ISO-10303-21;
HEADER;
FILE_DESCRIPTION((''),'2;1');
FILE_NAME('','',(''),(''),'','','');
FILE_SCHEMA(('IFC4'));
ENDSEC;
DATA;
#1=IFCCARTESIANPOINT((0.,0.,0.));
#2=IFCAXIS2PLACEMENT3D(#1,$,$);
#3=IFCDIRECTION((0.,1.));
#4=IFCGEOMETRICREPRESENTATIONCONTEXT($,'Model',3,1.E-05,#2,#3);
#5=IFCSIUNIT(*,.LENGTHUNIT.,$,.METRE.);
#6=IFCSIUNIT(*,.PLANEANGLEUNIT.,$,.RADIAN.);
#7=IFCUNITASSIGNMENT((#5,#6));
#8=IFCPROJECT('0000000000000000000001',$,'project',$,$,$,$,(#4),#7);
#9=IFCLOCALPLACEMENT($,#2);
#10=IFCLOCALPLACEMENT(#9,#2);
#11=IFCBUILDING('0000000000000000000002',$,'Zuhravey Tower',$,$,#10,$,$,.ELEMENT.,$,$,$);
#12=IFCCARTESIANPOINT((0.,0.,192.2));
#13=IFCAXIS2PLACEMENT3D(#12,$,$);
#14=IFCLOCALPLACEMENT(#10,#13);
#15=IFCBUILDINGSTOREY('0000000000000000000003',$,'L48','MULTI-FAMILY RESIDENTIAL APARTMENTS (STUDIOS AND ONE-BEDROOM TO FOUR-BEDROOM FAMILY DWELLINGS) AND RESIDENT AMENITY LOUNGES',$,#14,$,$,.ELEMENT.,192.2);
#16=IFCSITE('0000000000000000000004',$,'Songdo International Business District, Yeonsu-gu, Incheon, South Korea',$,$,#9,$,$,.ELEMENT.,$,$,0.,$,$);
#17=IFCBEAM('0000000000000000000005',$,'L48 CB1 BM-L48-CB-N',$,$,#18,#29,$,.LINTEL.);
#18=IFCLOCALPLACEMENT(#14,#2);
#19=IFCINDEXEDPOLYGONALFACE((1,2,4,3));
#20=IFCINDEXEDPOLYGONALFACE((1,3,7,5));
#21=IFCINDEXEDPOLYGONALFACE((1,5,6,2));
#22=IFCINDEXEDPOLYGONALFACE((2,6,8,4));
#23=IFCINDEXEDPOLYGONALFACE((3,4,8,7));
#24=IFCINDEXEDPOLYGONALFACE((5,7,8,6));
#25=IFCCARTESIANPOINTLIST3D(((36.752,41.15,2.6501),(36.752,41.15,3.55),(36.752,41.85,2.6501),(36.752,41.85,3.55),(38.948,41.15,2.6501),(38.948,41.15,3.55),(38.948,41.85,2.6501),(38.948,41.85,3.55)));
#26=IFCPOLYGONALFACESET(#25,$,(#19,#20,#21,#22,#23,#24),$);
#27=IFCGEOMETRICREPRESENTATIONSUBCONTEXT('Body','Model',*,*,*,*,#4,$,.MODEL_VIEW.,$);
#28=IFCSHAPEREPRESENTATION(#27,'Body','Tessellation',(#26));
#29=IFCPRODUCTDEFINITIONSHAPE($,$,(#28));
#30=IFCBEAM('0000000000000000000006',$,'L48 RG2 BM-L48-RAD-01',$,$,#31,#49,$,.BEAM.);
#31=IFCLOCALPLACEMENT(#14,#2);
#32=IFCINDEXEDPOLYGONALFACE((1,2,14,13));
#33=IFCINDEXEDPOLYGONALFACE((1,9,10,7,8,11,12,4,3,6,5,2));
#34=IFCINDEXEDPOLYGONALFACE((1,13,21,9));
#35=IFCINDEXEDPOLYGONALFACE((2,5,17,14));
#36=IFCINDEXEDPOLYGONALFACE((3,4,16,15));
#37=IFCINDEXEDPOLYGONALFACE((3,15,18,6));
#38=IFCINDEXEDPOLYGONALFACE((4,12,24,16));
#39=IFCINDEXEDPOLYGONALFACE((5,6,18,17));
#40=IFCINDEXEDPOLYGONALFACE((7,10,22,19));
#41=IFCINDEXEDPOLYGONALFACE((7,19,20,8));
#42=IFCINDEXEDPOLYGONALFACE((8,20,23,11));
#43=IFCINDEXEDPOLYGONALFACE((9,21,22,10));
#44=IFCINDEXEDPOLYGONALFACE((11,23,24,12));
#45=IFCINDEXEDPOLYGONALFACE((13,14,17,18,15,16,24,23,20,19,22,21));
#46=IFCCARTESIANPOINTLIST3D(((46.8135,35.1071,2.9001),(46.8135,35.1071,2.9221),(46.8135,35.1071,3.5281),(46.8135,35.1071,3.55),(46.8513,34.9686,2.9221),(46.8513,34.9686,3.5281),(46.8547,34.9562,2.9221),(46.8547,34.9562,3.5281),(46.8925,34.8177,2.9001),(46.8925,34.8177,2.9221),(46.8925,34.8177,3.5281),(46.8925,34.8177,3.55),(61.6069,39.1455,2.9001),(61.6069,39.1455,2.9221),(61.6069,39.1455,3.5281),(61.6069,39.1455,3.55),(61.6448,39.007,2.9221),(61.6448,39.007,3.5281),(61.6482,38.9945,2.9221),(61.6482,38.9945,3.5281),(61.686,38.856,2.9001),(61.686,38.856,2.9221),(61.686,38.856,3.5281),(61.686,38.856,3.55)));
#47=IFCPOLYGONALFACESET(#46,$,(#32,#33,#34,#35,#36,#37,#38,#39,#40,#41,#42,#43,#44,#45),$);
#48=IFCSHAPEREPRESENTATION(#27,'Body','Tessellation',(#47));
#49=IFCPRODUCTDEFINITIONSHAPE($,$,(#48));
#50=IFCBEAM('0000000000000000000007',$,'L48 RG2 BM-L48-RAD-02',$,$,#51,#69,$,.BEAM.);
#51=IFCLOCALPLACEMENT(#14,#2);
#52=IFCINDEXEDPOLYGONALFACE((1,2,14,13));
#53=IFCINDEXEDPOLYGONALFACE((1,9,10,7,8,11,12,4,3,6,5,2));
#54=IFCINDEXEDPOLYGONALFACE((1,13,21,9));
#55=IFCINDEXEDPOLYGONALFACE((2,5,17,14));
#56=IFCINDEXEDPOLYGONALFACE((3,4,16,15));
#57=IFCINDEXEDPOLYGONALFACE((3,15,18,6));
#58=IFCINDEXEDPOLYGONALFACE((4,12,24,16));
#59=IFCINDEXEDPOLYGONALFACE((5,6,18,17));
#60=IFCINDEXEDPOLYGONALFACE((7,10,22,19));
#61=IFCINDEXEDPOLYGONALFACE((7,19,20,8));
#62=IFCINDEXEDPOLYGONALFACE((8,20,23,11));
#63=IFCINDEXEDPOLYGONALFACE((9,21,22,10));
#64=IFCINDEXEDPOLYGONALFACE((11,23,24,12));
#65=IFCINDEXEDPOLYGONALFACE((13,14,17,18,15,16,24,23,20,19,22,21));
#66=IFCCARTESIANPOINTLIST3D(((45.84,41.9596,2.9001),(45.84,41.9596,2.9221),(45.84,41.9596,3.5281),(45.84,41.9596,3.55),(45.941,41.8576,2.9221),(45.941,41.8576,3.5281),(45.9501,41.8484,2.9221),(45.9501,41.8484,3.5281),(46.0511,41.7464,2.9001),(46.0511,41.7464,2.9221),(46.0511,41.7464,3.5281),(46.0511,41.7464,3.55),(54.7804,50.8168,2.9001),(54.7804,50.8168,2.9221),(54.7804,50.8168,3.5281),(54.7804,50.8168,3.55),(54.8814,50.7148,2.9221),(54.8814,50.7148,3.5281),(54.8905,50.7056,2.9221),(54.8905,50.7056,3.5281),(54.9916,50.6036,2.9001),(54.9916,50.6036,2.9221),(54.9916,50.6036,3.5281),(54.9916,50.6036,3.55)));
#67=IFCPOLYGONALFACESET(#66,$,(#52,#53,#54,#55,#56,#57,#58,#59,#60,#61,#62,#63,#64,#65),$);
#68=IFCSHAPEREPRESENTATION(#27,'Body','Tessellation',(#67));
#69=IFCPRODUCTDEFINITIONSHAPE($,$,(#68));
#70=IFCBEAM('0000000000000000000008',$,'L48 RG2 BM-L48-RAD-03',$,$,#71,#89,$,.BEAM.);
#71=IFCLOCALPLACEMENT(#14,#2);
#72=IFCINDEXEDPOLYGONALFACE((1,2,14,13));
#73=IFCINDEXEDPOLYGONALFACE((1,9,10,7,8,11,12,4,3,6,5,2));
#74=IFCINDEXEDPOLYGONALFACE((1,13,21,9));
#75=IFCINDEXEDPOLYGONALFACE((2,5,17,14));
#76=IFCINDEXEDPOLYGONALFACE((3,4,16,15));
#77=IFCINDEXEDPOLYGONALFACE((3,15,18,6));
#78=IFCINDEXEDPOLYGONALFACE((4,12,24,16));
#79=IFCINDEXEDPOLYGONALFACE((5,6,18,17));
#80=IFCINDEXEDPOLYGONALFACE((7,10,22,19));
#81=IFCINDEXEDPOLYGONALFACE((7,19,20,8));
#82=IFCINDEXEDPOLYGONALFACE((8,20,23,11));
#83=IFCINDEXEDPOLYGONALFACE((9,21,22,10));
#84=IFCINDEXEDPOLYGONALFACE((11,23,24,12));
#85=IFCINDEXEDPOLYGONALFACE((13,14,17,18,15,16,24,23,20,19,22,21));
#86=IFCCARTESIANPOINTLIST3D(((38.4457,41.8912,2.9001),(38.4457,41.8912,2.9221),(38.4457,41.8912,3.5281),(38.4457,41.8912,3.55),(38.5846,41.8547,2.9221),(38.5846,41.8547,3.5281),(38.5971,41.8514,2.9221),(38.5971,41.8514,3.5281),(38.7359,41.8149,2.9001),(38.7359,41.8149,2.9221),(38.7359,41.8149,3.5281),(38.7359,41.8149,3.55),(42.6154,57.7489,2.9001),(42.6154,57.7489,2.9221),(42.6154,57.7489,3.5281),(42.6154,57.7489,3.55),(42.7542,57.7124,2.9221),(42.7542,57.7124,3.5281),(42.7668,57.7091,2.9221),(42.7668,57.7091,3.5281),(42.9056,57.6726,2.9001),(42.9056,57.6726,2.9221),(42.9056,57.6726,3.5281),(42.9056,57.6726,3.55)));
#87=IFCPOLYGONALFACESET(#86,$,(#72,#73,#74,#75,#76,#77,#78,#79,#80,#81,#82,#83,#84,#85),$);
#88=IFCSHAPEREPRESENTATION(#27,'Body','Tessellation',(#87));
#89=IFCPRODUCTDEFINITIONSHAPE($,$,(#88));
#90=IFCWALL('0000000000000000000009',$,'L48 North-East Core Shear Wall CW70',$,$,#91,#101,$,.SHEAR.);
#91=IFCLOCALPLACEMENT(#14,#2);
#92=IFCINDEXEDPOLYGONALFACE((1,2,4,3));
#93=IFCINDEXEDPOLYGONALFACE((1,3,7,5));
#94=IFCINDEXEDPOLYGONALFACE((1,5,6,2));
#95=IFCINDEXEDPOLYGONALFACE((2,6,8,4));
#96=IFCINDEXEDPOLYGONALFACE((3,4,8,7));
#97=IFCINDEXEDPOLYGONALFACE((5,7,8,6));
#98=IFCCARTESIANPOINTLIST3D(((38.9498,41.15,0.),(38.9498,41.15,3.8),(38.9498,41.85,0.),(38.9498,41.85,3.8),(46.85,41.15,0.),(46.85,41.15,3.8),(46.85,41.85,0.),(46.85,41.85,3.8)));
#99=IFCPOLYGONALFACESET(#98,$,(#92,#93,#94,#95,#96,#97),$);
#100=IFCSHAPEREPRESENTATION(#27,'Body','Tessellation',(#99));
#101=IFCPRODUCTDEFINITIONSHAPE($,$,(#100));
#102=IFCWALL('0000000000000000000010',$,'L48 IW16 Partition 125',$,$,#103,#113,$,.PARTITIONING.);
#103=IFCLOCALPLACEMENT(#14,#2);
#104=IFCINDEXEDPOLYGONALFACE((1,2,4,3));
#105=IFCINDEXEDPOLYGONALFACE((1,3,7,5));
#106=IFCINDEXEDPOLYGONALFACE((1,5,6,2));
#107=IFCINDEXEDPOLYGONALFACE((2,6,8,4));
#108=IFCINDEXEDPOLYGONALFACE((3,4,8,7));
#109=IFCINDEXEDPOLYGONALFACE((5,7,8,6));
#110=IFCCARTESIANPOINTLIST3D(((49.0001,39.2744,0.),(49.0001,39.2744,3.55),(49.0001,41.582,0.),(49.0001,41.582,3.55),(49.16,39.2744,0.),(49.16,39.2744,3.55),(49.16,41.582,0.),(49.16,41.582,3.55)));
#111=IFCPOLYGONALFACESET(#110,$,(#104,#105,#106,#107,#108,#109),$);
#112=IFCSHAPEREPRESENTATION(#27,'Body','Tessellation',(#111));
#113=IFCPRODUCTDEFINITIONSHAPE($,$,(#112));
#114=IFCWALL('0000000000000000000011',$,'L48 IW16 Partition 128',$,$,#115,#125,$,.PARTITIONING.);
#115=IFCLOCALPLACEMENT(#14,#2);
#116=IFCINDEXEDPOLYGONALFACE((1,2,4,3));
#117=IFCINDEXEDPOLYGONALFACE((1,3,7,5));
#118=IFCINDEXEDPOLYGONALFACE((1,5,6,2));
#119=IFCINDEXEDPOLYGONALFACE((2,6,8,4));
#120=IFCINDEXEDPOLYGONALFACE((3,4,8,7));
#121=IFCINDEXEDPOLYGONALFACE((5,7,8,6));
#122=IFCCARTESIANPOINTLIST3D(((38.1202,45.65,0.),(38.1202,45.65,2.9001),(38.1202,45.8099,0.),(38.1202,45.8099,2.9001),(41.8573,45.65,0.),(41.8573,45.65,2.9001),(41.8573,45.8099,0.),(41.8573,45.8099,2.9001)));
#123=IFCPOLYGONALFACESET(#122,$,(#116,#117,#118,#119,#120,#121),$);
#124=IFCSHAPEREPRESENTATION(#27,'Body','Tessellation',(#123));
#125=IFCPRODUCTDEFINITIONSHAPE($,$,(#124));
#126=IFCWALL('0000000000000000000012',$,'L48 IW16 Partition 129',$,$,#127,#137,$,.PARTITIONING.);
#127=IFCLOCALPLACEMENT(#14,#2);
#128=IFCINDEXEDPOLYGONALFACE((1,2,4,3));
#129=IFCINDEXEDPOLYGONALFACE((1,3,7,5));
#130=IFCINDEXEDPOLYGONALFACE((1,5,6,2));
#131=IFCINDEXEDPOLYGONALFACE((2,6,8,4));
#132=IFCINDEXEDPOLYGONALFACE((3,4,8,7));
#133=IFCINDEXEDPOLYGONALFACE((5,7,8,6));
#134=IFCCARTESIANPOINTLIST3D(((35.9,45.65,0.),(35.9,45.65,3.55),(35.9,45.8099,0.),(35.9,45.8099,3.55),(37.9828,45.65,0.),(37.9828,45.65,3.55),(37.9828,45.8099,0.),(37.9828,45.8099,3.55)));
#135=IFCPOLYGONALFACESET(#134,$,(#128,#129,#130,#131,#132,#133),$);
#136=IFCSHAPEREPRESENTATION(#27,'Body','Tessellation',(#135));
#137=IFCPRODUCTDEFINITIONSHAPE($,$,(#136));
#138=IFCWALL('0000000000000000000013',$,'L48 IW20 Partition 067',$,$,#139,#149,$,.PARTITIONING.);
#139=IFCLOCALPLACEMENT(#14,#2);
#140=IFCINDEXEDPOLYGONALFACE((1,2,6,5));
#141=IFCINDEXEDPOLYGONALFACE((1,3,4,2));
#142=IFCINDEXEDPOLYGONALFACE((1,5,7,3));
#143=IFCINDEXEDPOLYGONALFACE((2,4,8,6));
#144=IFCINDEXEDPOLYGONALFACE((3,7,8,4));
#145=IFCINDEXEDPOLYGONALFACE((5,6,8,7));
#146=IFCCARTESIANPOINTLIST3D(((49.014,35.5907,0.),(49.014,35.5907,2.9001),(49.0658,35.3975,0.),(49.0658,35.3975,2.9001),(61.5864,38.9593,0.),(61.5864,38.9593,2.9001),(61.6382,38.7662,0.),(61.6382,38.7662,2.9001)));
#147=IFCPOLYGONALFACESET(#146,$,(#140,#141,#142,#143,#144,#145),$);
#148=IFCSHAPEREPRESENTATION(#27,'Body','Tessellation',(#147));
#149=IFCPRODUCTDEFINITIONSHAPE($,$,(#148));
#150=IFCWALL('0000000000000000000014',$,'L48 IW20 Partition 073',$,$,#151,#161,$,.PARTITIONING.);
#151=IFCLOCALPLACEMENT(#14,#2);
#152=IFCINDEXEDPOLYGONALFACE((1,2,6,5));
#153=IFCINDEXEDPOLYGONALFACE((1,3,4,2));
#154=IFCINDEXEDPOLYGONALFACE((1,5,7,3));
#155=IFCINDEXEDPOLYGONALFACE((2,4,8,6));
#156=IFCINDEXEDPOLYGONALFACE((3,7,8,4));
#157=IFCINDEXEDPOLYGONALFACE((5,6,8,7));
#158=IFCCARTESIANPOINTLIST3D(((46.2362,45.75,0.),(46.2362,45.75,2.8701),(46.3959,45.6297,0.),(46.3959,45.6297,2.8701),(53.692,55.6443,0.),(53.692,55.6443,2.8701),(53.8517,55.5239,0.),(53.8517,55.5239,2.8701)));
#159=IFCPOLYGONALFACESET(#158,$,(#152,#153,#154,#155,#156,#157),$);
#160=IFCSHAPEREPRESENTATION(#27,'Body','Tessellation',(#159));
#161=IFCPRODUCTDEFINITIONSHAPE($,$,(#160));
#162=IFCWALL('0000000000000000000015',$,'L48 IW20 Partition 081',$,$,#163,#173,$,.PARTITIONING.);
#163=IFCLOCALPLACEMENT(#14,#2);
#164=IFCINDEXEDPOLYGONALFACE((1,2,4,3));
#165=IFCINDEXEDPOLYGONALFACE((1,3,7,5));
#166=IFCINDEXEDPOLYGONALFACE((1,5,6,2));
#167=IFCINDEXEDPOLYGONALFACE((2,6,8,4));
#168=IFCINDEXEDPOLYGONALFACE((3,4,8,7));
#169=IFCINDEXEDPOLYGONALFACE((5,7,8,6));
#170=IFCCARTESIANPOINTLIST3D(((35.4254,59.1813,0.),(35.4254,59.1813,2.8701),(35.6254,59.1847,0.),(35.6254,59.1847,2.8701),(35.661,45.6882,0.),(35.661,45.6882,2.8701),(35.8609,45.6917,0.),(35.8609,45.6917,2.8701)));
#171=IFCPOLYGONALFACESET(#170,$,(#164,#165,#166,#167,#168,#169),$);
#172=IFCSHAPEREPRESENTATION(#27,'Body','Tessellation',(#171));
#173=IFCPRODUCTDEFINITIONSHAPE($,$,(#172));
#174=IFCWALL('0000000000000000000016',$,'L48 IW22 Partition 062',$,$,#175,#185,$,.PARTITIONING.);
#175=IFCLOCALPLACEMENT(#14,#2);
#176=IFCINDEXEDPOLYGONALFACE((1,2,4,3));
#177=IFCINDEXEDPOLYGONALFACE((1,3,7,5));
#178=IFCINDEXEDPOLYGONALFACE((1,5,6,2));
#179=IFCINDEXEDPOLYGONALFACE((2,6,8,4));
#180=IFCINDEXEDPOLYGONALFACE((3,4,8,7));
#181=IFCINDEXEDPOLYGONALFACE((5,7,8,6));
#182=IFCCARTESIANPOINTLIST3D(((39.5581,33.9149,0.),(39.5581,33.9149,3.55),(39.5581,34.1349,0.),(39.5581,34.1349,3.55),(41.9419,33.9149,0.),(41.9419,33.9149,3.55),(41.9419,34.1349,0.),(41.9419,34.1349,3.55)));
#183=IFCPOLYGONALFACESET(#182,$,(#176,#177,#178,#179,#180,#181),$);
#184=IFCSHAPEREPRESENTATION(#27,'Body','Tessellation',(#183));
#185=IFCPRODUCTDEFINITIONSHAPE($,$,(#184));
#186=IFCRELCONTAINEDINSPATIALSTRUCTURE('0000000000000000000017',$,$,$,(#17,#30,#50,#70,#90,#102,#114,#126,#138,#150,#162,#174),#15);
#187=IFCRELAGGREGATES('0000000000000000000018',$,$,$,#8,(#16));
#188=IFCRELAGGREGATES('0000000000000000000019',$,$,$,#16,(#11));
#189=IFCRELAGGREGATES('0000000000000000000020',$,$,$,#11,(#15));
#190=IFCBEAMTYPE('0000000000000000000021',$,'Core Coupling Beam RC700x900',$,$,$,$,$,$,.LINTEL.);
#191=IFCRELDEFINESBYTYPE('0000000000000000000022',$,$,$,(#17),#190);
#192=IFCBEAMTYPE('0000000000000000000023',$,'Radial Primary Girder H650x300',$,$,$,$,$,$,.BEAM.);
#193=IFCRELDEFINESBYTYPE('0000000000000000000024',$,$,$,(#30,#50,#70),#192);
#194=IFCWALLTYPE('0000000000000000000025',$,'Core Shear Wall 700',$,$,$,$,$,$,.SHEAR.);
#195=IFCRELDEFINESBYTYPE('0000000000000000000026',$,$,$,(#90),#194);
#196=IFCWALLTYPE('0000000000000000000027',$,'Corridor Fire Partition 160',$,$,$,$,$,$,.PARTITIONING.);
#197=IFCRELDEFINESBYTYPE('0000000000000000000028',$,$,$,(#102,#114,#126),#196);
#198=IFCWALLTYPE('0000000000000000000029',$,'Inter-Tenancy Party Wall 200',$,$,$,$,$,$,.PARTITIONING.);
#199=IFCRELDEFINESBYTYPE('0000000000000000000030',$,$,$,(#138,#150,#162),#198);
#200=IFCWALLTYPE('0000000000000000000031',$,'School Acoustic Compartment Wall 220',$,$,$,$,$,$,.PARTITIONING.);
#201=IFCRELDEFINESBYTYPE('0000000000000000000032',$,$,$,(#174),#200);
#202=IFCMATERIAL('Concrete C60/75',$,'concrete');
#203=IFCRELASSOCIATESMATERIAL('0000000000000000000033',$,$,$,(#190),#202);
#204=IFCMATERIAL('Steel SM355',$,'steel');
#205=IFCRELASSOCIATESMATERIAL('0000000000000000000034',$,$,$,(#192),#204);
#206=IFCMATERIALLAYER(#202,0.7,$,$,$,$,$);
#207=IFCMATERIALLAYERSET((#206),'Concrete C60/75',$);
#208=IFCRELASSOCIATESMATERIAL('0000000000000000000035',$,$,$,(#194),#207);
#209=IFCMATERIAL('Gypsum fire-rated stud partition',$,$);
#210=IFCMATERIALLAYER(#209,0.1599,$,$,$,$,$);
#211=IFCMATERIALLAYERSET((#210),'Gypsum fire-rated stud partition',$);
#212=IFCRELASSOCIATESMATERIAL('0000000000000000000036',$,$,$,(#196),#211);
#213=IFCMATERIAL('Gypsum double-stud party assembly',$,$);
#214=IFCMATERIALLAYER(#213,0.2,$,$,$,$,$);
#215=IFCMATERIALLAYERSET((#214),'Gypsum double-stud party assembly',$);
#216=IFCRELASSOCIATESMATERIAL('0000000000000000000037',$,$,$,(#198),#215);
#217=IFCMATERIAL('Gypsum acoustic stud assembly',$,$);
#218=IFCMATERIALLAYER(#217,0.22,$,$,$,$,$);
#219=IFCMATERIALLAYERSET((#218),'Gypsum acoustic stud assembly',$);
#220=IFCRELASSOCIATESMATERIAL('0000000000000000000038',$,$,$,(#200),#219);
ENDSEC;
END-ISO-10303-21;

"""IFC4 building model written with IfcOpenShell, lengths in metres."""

from ifc_helpers import new_model, si_unit, direction, frame, frame_2d, origin, origin_2d, place, context, subcontext, project, spatial, rectangle, i_section, extrude, material, layer, layer_set, material_profile, profile_set, type_object, element, save


model = new_model("IFC4")

# Units and contexts
model_context = context("Model", 3, precision=1e-05, world=origin(), true_north=direction((0.0, 1.0)))
body_context = subcontext(model_context, "Body", "Model", "MODEL_VIEW")
ifc_project = project(units=[si_unit("LENGTHUNIT", "METRE"), si_unit("PLANEANGLEUNIT", "RADIAN")], contexts=[model_context])

# Site, building, storey
site_placement = place(None, origin())
site = spatial("IfcSite", under=ifc_project, at=site_placement, Name="Songdo International Business District, Yeonsu-gu, Incheon, South Korea", CompositionType="ELEMENT", RefElevation=0.0)
building_placement = place(site_placement, origin())
building = spatial("IfcBuilding", under=site, at=building_placement, Name="Zuhravey Tower", CompositionType="ELEMENT")
storey_placement = place(building_placement, frame((0.0, 0.0, 192.2)))
storey = spatial("IfcBuildingStorey", under=building, at=storey_placement, Name="L48", Description="MULTI-FAMILY RESIDENTIAL APARTMENTS (STUDIOS AND ONE-BEDROOM TO FOUR-BEDROOM FAMILY DWELLINGS) AND RESIDENT AMENITY LOUNGES", CompositionType="ELEMENT", Elevation=192.2)

# Beams
ifc_material_1 = material(Name="Concrete C60/75", Category="concrete")
ifc_material_profile_1 = material_profile(ifc_material_1, rectangle(XDim=0.7, YDim=0.8999, at=origin_2d()), Name="RC-700x900")
ifc_profile_set_1 = profile_set([ifc_material_profile_1], Name="Concrete C60/75")
beam_type_1 = type_object("IfcBeamType", Name="Core Coupling Beam RC700x900", PredefinedType="LINTEL", material=ifc_profile_set_1)
beam_1_placement = place(storey_placement, frame((36.752, 41.5, 3.1001), z_axis=(1.0, 0.0, 0.0), x_axis=(0.0, 1.0, 0.0)))
element("IfcBeam", 1, at=beam_1_placement, inside=storey, type_object=beam_type_1, Name="L48 CB1 BM-L48-CB-N", PredefinedType="LINTEL", context=body_context, shape_type="SweptSolid", body=[
    extrude(rectangle(XDim=0.7, YDim=0.8999, at=origin_2d()), origin(), (0.0, 0.0, 1.0), 2.196),
])
ifc_material_2 = material(Name="Steel SM355", Category="steel")
ifc_material_profile_2 = material_profile(ifc_material_2, i_section(OverallWidth=0.3, OverallDepth=0.6499, WebThickness=0.0129, FlangeThickness=0.022, at=origin_2d()), Name="H-650x300x13x22")
ifc_profile_set_2 = profile_set([ifc_material_profile_2], Name="Steel SM355")
beam_type_2 = type_object("IfcBeamType", Name="Radial Primary Girder H650x300", PredefinedType="BEAM", material=ifc_profile_set_2)
beam_2_placement = place(storey_placement, frame((46.853, 34.9624, 3.2251), z_axis=(0.964702, 0.263345, 0.0), x_axis=(-0.263345, 0.964702, 0.0)))
element("IfcBeam", 2, at=beam_2_placement, inside=storey, type_object=beam_type_2, Name="L48 RG2 BM-L48-RAD-01", PredefinedType="BEAM", context=body_context, shape_type="SweptSolid", body=[
    extrude(i_section(OverallWidth=0.3, OverallDepth=0.6499, WebThickness=0.0129, FlangeThickness=0.022, at=origin_2d()), origin(), (0.0, 0.0, 1.0), 15.3347),
])
beam_3_placement = place(storey_placement, frame((45.9456, 41.853, 3.2251), z_axis=(0.710407, 0.703791, 0.0), x_axis=(-0.703791, 0.710407, 0.0)))
element("IfcBeam", 3, at=beam_3_placement, inside=storey, type_object=beam_type_2, Name="L48 RG2 BM-L48-RAD-02", PredefinedType="BEAM", context=body_context, shape_type="SweptSolid", body=[
    extrude(i_section(OverallWidth=0.3, OverallDepth=0.6499, WebThickness=0.0129, FlangeThickness=0.022, at=origin_2d()), origin(), (0.0, 0.0, 1.0), 12.585),
])
beam_4_placement = place(storey_placement, frame((38.5908, 41.853, 3.2251), z_axis=(0.2543, 0.967125, 0.0), x_axis=(-0.967125, 0.2543, 0.0)))
element("IfcBeam", 4, at=beam_4_placement, inside=storey, type_object=beam_type_2, Name="L48 RG2 BM-L48-RAD-03", PredefinedType="BEAM", context=body_context, shape_type="SweptSolid", body=[
    extrude(i_section(OverallWidth=0.3, OverallDepth=0.6499, WebThickness=0.0129, FlangeThickness=0.022, at=origin_2d()), origin(), (0.0, 0.0, 1.0), 16.3967),
])

# Wall
ifc_layer_1 = layer(ifc_material_1, 0.7)
ifc_layer_set_1 = layer_set([ifc_layer_1], Name="Concrete C60/75")
wall_type_1 = type_object("IfcWallType", Name="Core Shear Wall 700", PredefinedType="SHEAR", material=ifc_layer_set_1)
wall_1_placement = place(storey_placement, frame((46.8501, 41.5, 0.0), z_axis=(0.0, 0.0, 1.0), x_axis=(-1.0, 0.0, 0.0)))
element("IfcWall", 5, at=wall_1_placement, inside=storey, type_object=wall_type_1, Name="L48 North-East Core Shear Wall CW70", PredefinedType="SHEAR", context=body_context, shape_type="SweptSolid", body=[
    extrude(rectangle(XDim=7.9001, YDim=0.7, at=frame_2d((3.9502, 0.0))), origin(), (0.0, 0.0, 1.0), 3.8),
])

# Shared definitions
ifc_material_3 = material(Name="Gypsum fire-rated stud partition")
ifc_layer_2 = layer(ifc_material_3, 0.1599)
ifc_layer_set_2 = layer_set([ifc_layer_2], Name="Gypsum fire-rated stud partition")
wall_type_2 = type_object("IfcWallType", Name="Corridor Fire Partition 160", PredefinedType="PARTITIONING", material=ifc_layer_set_2)

# Walls
wall_2_placement = place(storey_placement, frame((49.0801, 39.2744, 0.0), z_axis=(0.0, 0.0, 1.0), x_axis=(0.0, 1.0, 0.0)))
element("IfcWall", 6, at=wall_2_placement, inside=storey, type_object=wall_type_2, Name="L48 IW16 Partition 125", PredefinedType="PARTITIONING", context=body_context, shape_type="SweptSolid", body=[
    extrude(rectangle(XDim=2.3076, YDim=0.1599, at=frame_2d((1.1538, 0.0))), origin(), (0.0, 0.0, 1.0), 3.55),
])
wall_3_placement = place(storey_placement, frame((41.8574, 45.73, 0.0), z_axis=(0.0, 0.0, 1.0), x_axis=(-1.0, 0.0, 0.0)))
element("IfcWall", 7, at=wall_3_placement, inside=storey, type_object=wall_type_2, Name="L48 IW16 Partition 128", PredefinedType="PARTITIONING", context=body_context, shape_type="SweptSolid", body=[
    extrude(rectangle(XDim=3.7371, YDim=0.1599, at=frame_2d((1.8687, 0.0))), origin(), (0.0, 0.0, 1.0), 2.9001),
])
wall_4_placement = place(storey_placement, frame((37.9829, 45.73, 0.0), z_axis=(0.0, 0.0, 1.0), x_axis=(-1.0, 0.0, 0.0)))
element("IfcWall", 8, at=wall_4_placement, inside=storey, type_object=wall_type_2, Name="L48 IW16 Partition 129", PredefinedType="PARTITIONING", context=body_context, shape_type="SweptSolid", body=[
    extrude(rectangle(XDim=2.0828, YDim=0.1599, at=frame_2d((1.0415, 0.0))), origin(), (0.0, 0.0, 1.0), 3.55),
])

# Walls
ifc_material_4 = material(Name="Gypsum double-stud party assembly")
ifc_layer_3 = layer(ifc_material_4, 0.2)
ifc_layer_set_3 = layer_set([ifc_layer_3], Name="Gypsum double-stud party assembly")
wall_type_3 = type_object("IfcWallType", Name="Inter-Tenancy Party Wall 200", PredefinedType="PARTITIONING", material=ifc_layer_set_3)
wall_5_placement = place(storey_placement, frame((49.04, 35.4941, 0.0), z_axis=(0.0, 0.0, 1.0), x_axis=(0.965929, 0.258809, 0.0)))
element("IfcWall", 9, at=wall_5_placement, inside=storey, type_object=wall_type_3, Name="L48 IW20 Partition 067", PredefinedType="PARTITIONING", context=body_context, shape_type="SweptSolid", body=[
    extrude(rectangle(XDim=13.0159, YDim=0.2, at=frame_2d((6.5078, 0.0))), origin(), (0.0, 0.0, 1.0), 2.9001),
])
wall_6_placement = place(storey_placement, frame((46.3162, 45.6899, 0.0), z_axis=(0.0, 0.0, 1.0), x_axis=(0.601811, 0.798638, 0.0)))
element("IfcWall", 10, at=wall_6_placement, inside=storey, type_object=wall_type_3, Name="L48 IW20 Partition 073", PredefinedType="PARTITIONING", context=body_context, shape_type="SweptSolid", body=[
    extrude(rectangle(XDim=12.3889, YDim=0.2, at=frame_2d((6.1943, 0.0))), origin(), (0.0, 0.0, 1.0), 2.8701),
])
wall_7_placement = place(storey_placement, frame((35.761, 45.6899, 0.0), z_axis=(0.0, 0.0, 1.0), x_axis=(-0.017458, 0.999848, 0.0)))
element("IfcWall", 11, at=wall_7_placement, inside=storey, type_object=wall_type_3, Name="L48 IW20 Partition 081", PredefinedType="PARTITIONING", context=body_context, shape_type="SweptSolid", body=[
    extrude(rectangle(XDim=13.4951, YDim=0.2, at=frame_2d((6.7476, 0.0))), origin(), (0.0, 0.0, 1.0), 2.8701),
])
ifc_material_5 = material(Name="Gypsum acoustic stud assembly")
ifc_layer_4 = layer(ifc_material_5, 0.22)
ifc_layer_set_4 = layer_set([ifc_layer_4], Name="Gypsum acoustic stud assembly")
wall_type_4 = type_object("IfcWallType", Name="School Acoustic Compartment Wall 220", PredefinedType="PARTITIONING", material=ifc_layer_set_4)
for number, where, z_axis, x_axis, name in (
    (12, (39.5581, 34.0249, 0.0), (0.0, 0.0, 1.0), (1.0, 0.0, 0.0), "L48 IW22 Partition 062"),
):
    element("IfcWall", number, at=place(storey_placement, frame(where, z_axis=z_axis, x_axis=x_axis)), inside=storey, type_object=wall_type_4, Name=name, PredefinedType="PARTITIONING", context=body_context, shape_type="SweptSolid", body=[
        extrude(rectangle(XDim=2.3838, YDim=0.22, at=frame_2d((1.1919, 0.0))), origin(), (0.0, 0.0, 1.0), 3.55),
    ])

save(model, "model.ifc")
